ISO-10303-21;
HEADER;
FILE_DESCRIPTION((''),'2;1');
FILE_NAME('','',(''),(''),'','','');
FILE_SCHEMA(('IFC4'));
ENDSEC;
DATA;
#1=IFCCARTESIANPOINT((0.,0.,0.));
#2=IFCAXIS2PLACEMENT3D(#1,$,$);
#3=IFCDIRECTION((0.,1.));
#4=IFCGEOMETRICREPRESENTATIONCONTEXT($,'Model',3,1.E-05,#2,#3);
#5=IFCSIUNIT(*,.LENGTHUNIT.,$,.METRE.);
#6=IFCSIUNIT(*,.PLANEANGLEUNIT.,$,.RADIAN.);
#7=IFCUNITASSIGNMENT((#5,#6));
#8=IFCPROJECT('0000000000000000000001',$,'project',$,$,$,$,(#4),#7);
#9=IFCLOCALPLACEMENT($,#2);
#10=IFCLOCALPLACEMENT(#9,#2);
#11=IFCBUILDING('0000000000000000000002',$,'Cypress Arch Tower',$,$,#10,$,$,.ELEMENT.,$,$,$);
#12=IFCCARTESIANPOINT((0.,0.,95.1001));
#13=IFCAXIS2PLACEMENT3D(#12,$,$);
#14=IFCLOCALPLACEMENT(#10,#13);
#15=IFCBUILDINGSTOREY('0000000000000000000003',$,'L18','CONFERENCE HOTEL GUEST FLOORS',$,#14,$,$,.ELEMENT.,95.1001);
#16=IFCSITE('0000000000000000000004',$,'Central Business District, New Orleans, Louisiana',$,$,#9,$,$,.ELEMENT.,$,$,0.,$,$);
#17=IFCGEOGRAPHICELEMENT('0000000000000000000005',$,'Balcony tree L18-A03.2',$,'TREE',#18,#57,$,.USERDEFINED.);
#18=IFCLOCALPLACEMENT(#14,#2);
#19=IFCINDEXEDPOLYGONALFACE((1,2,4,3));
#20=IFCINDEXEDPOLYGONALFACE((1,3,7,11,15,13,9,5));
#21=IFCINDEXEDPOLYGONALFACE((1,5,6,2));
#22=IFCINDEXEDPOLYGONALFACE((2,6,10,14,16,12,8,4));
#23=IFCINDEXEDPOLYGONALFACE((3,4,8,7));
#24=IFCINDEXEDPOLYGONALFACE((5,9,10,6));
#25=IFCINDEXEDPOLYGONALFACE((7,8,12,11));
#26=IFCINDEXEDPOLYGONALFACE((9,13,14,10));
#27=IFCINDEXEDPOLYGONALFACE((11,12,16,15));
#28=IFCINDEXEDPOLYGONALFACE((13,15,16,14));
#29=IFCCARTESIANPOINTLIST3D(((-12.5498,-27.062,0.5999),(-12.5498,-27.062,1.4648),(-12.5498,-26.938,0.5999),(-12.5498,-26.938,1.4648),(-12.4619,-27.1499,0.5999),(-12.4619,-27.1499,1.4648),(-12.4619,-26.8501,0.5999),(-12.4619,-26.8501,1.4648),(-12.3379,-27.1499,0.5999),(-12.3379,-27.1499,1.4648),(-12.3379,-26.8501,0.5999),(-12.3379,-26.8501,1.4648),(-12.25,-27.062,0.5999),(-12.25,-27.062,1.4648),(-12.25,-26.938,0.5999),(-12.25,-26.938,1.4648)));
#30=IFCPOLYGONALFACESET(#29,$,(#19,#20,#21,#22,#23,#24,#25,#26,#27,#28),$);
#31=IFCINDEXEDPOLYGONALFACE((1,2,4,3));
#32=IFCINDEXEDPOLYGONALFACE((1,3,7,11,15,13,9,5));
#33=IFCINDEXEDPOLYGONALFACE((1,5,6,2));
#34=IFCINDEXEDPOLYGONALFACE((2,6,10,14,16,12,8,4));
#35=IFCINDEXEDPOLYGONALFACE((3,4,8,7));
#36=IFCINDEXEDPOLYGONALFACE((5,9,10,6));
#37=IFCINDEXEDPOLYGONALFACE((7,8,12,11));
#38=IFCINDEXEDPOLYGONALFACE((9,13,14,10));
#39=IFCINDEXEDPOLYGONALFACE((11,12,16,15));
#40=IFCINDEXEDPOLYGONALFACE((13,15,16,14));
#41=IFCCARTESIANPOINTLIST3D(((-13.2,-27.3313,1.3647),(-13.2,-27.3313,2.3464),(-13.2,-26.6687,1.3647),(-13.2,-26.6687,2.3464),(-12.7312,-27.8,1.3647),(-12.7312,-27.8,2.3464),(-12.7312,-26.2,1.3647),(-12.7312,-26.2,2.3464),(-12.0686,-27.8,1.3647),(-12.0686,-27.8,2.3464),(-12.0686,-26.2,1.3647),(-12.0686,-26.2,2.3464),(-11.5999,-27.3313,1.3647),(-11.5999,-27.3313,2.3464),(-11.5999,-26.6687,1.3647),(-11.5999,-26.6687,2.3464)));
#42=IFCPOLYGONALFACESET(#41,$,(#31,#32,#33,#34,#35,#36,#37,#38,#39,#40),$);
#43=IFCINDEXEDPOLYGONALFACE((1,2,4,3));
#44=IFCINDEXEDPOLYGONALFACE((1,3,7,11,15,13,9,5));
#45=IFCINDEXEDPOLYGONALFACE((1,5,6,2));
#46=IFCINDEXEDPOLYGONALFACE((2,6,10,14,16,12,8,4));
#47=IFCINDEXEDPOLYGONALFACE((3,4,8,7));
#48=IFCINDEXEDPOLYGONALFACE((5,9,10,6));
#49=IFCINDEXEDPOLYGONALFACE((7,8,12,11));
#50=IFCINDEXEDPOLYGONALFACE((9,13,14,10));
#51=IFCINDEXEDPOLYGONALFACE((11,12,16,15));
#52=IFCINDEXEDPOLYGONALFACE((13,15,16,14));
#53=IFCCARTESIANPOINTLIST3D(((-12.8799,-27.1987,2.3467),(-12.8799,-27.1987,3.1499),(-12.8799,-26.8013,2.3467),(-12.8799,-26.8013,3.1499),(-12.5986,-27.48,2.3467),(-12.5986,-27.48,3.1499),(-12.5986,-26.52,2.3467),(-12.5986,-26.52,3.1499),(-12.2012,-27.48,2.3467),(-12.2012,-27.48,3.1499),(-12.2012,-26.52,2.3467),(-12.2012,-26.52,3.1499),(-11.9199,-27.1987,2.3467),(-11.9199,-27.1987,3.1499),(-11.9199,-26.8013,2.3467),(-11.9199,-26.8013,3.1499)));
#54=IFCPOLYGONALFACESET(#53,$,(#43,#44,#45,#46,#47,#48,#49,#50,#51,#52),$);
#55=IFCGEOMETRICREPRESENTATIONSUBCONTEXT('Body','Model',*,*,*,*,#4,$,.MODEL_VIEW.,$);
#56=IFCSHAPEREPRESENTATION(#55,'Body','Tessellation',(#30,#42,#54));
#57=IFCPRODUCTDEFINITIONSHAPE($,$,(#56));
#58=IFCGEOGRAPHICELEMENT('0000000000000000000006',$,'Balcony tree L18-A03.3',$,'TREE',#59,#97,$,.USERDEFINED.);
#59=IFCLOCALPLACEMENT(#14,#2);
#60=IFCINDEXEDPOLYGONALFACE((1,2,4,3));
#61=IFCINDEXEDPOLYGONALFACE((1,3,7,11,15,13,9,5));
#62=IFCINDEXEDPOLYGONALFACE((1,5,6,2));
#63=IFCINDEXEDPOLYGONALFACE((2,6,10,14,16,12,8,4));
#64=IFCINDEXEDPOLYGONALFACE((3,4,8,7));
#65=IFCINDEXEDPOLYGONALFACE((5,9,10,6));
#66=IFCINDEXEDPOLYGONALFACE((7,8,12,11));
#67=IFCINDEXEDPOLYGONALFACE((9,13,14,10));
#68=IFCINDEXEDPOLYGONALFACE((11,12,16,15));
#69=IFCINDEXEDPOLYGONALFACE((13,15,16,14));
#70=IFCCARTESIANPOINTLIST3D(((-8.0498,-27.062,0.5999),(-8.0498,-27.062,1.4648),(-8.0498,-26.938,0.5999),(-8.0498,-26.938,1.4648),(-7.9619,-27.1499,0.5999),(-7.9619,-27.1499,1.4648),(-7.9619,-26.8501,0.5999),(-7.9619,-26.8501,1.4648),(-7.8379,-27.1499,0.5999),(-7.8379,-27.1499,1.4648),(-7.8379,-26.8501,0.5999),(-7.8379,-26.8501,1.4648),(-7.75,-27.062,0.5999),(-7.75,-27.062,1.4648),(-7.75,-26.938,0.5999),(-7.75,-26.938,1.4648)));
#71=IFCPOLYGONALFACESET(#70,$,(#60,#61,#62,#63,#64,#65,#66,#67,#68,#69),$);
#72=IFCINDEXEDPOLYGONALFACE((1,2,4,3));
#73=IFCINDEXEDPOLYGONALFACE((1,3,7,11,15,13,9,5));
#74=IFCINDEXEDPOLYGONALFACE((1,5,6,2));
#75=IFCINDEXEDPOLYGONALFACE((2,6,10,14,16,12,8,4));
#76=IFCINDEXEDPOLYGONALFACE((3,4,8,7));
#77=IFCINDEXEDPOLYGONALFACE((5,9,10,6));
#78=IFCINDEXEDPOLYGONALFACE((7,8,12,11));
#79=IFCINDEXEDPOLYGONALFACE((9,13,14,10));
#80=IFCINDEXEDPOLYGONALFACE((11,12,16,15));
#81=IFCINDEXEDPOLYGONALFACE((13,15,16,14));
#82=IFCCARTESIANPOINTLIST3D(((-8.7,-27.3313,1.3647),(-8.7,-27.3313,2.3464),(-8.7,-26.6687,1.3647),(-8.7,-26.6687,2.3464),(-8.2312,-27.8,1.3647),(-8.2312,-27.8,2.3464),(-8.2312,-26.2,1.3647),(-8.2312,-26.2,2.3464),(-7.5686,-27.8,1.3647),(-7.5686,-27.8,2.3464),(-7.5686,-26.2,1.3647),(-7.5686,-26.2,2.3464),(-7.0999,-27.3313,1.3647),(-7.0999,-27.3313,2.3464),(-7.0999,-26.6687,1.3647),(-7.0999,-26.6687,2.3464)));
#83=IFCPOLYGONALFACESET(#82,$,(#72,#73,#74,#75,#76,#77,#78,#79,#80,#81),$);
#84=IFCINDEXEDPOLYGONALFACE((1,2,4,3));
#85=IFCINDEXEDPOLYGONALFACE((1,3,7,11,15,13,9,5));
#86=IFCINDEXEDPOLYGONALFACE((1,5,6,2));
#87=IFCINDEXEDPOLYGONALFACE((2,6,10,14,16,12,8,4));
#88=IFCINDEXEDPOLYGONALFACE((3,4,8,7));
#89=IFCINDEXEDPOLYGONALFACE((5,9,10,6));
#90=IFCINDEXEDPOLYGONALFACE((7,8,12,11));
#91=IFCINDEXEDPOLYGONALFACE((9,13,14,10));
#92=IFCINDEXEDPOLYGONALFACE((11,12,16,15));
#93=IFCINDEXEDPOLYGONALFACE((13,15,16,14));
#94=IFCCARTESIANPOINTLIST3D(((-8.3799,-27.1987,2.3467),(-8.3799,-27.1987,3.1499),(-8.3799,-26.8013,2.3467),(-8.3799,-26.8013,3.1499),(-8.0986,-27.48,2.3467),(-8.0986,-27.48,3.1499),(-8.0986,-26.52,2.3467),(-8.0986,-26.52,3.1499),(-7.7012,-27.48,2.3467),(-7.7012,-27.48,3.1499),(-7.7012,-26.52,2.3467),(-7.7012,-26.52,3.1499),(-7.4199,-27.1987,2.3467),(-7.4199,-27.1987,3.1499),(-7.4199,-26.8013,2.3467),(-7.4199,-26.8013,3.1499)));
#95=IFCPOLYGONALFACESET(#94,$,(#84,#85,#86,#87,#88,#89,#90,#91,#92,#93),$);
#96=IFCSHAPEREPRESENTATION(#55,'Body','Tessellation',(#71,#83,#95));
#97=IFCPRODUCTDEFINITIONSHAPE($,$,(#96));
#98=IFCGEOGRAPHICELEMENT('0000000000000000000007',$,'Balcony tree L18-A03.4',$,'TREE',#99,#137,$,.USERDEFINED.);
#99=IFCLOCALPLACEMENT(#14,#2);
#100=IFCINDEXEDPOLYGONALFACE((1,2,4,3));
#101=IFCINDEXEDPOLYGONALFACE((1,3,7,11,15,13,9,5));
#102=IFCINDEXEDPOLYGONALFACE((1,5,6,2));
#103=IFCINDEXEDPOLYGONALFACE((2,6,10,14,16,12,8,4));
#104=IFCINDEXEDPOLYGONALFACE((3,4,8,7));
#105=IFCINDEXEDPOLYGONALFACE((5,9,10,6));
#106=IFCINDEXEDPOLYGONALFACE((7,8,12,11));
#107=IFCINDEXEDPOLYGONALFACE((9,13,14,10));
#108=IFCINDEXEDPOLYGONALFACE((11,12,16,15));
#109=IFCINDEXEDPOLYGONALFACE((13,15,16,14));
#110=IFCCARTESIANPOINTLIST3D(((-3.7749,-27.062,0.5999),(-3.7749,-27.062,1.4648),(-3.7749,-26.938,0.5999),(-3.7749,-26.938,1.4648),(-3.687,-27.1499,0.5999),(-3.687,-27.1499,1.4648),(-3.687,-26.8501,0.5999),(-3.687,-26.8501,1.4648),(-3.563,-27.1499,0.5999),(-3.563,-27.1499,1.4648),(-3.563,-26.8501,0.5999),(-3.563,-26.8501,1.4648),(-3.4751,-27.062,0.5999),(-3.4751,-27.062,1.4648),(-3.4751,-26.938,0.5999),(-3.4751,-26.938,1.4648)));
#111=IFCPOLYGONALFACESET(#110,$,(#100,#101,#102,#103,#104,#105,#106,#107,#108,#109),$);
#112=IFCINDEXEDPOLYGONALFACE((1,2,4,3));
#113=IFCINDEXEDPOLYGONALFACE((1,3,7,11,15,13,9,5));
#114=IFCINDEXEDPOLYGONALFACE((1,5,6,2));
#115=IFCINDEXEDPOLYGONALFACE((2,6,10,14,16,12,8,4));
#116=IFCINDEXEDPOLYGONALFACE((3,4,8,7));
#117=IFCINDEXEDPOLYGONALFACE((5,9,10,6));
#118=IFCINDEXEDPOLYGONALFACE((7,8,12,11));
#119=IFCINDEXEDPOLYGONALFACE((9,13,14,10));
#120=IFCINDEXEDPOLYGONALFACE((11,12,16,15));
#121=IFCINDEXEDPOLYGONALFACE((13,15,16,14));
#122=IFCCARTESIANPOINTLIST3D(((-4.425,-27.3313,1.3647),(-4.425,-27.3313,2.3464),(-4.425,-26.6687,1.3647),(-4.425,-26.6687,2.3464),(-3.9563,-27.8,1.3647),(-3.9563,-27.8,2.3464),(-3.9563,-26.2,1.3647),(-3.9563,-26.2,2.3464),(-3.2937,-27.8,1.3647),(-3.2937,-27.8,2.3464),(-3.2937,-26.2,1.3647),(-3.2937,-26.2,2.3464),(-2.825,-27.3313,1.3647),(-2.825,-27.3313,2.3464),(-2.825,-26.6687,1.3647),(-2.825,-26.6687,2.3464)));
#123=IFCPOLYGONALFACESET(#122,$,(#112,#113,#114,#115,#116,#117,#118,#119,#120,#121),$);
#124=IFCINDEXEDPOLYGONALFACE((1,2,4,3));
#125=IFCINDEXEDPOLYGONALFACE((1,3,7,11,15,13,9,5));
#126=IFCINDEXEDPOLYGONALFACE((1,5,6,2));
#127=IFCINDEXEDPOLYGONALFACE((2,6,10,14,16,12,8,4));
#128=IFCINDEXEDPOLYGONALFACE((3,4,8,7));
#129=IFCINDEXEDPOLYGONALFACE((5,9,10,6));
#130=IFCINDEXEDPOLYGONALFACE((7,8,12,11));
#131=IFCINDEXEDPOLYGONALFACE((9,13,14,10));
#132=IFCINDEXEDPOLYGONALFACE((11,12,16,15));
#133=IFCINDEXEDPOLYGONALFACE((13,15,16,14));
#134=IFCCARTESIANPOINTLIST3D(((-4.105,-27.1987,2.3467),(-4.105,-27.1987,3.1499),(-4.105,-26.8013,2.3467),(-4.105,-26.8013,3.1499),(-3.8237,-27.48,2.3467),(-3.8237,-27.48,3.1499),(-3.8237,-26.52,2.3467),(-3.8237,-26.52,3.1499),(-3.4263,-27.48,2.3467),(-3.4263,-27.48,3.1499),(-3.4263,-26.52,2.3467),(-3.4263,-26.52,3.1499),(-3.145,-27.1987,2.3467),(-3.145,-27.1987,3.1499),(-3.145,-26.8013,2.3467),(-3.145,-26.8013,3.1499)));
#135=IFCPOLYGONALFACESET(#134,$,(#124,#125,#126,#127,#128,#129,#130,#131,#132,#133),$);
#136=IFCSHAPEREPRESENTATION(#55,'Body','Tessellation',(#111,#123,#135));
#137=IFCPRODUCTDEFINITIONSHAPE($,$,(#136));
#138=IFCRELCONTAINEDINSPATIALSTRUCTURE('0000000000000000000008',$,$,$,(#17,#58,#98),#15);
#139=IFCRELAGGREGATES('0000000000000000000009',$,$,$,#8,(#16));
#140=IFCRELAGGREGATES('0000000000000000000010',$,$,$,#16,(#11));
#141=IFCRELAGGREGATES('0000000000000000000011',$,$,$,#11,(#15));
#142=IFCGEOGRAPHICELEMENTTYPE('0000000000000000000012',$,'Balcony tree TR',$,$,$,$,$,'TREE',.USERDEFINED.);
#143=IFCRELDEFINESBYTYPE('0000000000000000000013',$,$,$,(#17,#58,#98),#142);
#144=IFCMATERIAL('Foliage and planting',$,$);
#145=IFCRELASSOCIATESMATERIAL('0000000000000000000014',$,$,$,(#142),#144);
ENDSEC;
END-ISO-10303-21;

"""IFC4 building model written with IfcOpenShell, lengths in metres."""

from ifc_helpers import new_model, si_unit, direction, frame, origin, place, context, subcontext, project, spatial, polyline, outline, extrude, material, type_object, element, save


model = new_model("IFC4")

# Units and contexts
model_context = context("Model", 3, precision=1e-05, world=origin(), true_north=direction((0.0, 1.0)))
body_context = subcontext(model_context, "Body", "Model", "MODEL_VIEW")
ifc_project = project(units=[si_unit("LENGTHUNIT", "METRE"), si_unit("PLANEANGLEUNIT", "RADIAN")], contexts=[model_context])

# Site, building, storey
site_placement = place(None, origin())
site = spatial("IfcSite", under=ifc_project, at=site_placement, Name="Central Business District, New Orleans, Louisiana", CompositionType="ELEMENT", RefElevation=0.0)
building_placement = place(site_placement, origin())
building = spatial("IfcBuilding", under=site, at=building_placement, Name="Cypress Arch Tower", CompositionType="ELEMENT")
storey_placement = place(building_placement, frame((0.0, 0.0, 95.1001)))
storey = spatial("IfcBuildingStorey", under=building, at=storey_placement, Name="L18", Description="CONFERENCE HOTEL GUEST FLOORS", CompositionType="ELEMENT", Elevation=95.1001)

# Geographic elements
ifc_material_1 = material(Name="Foliage and planting")
geographic_element_type = type_object("IfcGeographicElementType", Name="Balcony tree TR", ElementType="TREE", PredefinedType="USERDEFINED", material=ifc_material_1)
for number, where, z_axis, x_axis, name in (
    (1, (-12.3999, -27.0, 0.5999), (0.0, 0.0, 1.0), (1.0, 0.0, 0.0), "Balcony tree L18-A03.2"),
    (2, (-7.8999, -27.0, 0.5999), (0.0, 0.0, 1.0), (1.0, 0.0, 0.0), "Balcony tree L18-A03.3"),
    (3, (-3.625, -27.0, 0.5999), (0.0, 0.0, 1.0), (1.0, 0.0, 0.0), "Balcony tree L18-A03.4"),
):
    element("IfcGeographicElement", number, at=place(storey_placement, frame(where, z_axis=z_axis, x_axis=x_axis)), inside=storey, type_object=geographic_element_type, Name=name, ObjectType="TREE", PredefinedType="USERDEFINED", context=body_context, shape_type="SweptSolid", body=[
        extrude(outline(polyline([(0.1499, 0.062), (0.062, 0.1499), (-0.062, 0.1499), (-0.1499, 0.062), (-0.1499, -0.062), (-0.062, -0.1499), (0.062, -0.1499), (0.1499, -0.062), (0.1499, 0.062)])), origin(), (0.0, 0.0, 1.0), 0.865),
        extrude(outline(polyline([(0.8, 0.3313), (0.3313, 0.8), (-0.3313, 0.8), (-0.8, 0.3313), (-0.8, -0.3313), (-0.3313, -0.8), (0.3313, -0.8), (0.8, -0.3313), (0.8, 0.3313)])), frame((0.0, 0.0, 0.7649)), (0.0, 0.0, 1.0), 0.9817),
        extrude(outline(polyline([(0.48, 0.1987), (0.1987, 0.48), (-0.1987, 0.48), (-0.48, 0.1987), (-0.48, -0.1987), (-0.1987, -0.48), (0.1987, -0.48), (0.48, -0.1987), (0.48, 0.1987)])), frame((0.0, 0.0, 1.7468)), (0.0, 0.0, 1.0), 0.8032),
    ])

save(model, "model.ifc")
